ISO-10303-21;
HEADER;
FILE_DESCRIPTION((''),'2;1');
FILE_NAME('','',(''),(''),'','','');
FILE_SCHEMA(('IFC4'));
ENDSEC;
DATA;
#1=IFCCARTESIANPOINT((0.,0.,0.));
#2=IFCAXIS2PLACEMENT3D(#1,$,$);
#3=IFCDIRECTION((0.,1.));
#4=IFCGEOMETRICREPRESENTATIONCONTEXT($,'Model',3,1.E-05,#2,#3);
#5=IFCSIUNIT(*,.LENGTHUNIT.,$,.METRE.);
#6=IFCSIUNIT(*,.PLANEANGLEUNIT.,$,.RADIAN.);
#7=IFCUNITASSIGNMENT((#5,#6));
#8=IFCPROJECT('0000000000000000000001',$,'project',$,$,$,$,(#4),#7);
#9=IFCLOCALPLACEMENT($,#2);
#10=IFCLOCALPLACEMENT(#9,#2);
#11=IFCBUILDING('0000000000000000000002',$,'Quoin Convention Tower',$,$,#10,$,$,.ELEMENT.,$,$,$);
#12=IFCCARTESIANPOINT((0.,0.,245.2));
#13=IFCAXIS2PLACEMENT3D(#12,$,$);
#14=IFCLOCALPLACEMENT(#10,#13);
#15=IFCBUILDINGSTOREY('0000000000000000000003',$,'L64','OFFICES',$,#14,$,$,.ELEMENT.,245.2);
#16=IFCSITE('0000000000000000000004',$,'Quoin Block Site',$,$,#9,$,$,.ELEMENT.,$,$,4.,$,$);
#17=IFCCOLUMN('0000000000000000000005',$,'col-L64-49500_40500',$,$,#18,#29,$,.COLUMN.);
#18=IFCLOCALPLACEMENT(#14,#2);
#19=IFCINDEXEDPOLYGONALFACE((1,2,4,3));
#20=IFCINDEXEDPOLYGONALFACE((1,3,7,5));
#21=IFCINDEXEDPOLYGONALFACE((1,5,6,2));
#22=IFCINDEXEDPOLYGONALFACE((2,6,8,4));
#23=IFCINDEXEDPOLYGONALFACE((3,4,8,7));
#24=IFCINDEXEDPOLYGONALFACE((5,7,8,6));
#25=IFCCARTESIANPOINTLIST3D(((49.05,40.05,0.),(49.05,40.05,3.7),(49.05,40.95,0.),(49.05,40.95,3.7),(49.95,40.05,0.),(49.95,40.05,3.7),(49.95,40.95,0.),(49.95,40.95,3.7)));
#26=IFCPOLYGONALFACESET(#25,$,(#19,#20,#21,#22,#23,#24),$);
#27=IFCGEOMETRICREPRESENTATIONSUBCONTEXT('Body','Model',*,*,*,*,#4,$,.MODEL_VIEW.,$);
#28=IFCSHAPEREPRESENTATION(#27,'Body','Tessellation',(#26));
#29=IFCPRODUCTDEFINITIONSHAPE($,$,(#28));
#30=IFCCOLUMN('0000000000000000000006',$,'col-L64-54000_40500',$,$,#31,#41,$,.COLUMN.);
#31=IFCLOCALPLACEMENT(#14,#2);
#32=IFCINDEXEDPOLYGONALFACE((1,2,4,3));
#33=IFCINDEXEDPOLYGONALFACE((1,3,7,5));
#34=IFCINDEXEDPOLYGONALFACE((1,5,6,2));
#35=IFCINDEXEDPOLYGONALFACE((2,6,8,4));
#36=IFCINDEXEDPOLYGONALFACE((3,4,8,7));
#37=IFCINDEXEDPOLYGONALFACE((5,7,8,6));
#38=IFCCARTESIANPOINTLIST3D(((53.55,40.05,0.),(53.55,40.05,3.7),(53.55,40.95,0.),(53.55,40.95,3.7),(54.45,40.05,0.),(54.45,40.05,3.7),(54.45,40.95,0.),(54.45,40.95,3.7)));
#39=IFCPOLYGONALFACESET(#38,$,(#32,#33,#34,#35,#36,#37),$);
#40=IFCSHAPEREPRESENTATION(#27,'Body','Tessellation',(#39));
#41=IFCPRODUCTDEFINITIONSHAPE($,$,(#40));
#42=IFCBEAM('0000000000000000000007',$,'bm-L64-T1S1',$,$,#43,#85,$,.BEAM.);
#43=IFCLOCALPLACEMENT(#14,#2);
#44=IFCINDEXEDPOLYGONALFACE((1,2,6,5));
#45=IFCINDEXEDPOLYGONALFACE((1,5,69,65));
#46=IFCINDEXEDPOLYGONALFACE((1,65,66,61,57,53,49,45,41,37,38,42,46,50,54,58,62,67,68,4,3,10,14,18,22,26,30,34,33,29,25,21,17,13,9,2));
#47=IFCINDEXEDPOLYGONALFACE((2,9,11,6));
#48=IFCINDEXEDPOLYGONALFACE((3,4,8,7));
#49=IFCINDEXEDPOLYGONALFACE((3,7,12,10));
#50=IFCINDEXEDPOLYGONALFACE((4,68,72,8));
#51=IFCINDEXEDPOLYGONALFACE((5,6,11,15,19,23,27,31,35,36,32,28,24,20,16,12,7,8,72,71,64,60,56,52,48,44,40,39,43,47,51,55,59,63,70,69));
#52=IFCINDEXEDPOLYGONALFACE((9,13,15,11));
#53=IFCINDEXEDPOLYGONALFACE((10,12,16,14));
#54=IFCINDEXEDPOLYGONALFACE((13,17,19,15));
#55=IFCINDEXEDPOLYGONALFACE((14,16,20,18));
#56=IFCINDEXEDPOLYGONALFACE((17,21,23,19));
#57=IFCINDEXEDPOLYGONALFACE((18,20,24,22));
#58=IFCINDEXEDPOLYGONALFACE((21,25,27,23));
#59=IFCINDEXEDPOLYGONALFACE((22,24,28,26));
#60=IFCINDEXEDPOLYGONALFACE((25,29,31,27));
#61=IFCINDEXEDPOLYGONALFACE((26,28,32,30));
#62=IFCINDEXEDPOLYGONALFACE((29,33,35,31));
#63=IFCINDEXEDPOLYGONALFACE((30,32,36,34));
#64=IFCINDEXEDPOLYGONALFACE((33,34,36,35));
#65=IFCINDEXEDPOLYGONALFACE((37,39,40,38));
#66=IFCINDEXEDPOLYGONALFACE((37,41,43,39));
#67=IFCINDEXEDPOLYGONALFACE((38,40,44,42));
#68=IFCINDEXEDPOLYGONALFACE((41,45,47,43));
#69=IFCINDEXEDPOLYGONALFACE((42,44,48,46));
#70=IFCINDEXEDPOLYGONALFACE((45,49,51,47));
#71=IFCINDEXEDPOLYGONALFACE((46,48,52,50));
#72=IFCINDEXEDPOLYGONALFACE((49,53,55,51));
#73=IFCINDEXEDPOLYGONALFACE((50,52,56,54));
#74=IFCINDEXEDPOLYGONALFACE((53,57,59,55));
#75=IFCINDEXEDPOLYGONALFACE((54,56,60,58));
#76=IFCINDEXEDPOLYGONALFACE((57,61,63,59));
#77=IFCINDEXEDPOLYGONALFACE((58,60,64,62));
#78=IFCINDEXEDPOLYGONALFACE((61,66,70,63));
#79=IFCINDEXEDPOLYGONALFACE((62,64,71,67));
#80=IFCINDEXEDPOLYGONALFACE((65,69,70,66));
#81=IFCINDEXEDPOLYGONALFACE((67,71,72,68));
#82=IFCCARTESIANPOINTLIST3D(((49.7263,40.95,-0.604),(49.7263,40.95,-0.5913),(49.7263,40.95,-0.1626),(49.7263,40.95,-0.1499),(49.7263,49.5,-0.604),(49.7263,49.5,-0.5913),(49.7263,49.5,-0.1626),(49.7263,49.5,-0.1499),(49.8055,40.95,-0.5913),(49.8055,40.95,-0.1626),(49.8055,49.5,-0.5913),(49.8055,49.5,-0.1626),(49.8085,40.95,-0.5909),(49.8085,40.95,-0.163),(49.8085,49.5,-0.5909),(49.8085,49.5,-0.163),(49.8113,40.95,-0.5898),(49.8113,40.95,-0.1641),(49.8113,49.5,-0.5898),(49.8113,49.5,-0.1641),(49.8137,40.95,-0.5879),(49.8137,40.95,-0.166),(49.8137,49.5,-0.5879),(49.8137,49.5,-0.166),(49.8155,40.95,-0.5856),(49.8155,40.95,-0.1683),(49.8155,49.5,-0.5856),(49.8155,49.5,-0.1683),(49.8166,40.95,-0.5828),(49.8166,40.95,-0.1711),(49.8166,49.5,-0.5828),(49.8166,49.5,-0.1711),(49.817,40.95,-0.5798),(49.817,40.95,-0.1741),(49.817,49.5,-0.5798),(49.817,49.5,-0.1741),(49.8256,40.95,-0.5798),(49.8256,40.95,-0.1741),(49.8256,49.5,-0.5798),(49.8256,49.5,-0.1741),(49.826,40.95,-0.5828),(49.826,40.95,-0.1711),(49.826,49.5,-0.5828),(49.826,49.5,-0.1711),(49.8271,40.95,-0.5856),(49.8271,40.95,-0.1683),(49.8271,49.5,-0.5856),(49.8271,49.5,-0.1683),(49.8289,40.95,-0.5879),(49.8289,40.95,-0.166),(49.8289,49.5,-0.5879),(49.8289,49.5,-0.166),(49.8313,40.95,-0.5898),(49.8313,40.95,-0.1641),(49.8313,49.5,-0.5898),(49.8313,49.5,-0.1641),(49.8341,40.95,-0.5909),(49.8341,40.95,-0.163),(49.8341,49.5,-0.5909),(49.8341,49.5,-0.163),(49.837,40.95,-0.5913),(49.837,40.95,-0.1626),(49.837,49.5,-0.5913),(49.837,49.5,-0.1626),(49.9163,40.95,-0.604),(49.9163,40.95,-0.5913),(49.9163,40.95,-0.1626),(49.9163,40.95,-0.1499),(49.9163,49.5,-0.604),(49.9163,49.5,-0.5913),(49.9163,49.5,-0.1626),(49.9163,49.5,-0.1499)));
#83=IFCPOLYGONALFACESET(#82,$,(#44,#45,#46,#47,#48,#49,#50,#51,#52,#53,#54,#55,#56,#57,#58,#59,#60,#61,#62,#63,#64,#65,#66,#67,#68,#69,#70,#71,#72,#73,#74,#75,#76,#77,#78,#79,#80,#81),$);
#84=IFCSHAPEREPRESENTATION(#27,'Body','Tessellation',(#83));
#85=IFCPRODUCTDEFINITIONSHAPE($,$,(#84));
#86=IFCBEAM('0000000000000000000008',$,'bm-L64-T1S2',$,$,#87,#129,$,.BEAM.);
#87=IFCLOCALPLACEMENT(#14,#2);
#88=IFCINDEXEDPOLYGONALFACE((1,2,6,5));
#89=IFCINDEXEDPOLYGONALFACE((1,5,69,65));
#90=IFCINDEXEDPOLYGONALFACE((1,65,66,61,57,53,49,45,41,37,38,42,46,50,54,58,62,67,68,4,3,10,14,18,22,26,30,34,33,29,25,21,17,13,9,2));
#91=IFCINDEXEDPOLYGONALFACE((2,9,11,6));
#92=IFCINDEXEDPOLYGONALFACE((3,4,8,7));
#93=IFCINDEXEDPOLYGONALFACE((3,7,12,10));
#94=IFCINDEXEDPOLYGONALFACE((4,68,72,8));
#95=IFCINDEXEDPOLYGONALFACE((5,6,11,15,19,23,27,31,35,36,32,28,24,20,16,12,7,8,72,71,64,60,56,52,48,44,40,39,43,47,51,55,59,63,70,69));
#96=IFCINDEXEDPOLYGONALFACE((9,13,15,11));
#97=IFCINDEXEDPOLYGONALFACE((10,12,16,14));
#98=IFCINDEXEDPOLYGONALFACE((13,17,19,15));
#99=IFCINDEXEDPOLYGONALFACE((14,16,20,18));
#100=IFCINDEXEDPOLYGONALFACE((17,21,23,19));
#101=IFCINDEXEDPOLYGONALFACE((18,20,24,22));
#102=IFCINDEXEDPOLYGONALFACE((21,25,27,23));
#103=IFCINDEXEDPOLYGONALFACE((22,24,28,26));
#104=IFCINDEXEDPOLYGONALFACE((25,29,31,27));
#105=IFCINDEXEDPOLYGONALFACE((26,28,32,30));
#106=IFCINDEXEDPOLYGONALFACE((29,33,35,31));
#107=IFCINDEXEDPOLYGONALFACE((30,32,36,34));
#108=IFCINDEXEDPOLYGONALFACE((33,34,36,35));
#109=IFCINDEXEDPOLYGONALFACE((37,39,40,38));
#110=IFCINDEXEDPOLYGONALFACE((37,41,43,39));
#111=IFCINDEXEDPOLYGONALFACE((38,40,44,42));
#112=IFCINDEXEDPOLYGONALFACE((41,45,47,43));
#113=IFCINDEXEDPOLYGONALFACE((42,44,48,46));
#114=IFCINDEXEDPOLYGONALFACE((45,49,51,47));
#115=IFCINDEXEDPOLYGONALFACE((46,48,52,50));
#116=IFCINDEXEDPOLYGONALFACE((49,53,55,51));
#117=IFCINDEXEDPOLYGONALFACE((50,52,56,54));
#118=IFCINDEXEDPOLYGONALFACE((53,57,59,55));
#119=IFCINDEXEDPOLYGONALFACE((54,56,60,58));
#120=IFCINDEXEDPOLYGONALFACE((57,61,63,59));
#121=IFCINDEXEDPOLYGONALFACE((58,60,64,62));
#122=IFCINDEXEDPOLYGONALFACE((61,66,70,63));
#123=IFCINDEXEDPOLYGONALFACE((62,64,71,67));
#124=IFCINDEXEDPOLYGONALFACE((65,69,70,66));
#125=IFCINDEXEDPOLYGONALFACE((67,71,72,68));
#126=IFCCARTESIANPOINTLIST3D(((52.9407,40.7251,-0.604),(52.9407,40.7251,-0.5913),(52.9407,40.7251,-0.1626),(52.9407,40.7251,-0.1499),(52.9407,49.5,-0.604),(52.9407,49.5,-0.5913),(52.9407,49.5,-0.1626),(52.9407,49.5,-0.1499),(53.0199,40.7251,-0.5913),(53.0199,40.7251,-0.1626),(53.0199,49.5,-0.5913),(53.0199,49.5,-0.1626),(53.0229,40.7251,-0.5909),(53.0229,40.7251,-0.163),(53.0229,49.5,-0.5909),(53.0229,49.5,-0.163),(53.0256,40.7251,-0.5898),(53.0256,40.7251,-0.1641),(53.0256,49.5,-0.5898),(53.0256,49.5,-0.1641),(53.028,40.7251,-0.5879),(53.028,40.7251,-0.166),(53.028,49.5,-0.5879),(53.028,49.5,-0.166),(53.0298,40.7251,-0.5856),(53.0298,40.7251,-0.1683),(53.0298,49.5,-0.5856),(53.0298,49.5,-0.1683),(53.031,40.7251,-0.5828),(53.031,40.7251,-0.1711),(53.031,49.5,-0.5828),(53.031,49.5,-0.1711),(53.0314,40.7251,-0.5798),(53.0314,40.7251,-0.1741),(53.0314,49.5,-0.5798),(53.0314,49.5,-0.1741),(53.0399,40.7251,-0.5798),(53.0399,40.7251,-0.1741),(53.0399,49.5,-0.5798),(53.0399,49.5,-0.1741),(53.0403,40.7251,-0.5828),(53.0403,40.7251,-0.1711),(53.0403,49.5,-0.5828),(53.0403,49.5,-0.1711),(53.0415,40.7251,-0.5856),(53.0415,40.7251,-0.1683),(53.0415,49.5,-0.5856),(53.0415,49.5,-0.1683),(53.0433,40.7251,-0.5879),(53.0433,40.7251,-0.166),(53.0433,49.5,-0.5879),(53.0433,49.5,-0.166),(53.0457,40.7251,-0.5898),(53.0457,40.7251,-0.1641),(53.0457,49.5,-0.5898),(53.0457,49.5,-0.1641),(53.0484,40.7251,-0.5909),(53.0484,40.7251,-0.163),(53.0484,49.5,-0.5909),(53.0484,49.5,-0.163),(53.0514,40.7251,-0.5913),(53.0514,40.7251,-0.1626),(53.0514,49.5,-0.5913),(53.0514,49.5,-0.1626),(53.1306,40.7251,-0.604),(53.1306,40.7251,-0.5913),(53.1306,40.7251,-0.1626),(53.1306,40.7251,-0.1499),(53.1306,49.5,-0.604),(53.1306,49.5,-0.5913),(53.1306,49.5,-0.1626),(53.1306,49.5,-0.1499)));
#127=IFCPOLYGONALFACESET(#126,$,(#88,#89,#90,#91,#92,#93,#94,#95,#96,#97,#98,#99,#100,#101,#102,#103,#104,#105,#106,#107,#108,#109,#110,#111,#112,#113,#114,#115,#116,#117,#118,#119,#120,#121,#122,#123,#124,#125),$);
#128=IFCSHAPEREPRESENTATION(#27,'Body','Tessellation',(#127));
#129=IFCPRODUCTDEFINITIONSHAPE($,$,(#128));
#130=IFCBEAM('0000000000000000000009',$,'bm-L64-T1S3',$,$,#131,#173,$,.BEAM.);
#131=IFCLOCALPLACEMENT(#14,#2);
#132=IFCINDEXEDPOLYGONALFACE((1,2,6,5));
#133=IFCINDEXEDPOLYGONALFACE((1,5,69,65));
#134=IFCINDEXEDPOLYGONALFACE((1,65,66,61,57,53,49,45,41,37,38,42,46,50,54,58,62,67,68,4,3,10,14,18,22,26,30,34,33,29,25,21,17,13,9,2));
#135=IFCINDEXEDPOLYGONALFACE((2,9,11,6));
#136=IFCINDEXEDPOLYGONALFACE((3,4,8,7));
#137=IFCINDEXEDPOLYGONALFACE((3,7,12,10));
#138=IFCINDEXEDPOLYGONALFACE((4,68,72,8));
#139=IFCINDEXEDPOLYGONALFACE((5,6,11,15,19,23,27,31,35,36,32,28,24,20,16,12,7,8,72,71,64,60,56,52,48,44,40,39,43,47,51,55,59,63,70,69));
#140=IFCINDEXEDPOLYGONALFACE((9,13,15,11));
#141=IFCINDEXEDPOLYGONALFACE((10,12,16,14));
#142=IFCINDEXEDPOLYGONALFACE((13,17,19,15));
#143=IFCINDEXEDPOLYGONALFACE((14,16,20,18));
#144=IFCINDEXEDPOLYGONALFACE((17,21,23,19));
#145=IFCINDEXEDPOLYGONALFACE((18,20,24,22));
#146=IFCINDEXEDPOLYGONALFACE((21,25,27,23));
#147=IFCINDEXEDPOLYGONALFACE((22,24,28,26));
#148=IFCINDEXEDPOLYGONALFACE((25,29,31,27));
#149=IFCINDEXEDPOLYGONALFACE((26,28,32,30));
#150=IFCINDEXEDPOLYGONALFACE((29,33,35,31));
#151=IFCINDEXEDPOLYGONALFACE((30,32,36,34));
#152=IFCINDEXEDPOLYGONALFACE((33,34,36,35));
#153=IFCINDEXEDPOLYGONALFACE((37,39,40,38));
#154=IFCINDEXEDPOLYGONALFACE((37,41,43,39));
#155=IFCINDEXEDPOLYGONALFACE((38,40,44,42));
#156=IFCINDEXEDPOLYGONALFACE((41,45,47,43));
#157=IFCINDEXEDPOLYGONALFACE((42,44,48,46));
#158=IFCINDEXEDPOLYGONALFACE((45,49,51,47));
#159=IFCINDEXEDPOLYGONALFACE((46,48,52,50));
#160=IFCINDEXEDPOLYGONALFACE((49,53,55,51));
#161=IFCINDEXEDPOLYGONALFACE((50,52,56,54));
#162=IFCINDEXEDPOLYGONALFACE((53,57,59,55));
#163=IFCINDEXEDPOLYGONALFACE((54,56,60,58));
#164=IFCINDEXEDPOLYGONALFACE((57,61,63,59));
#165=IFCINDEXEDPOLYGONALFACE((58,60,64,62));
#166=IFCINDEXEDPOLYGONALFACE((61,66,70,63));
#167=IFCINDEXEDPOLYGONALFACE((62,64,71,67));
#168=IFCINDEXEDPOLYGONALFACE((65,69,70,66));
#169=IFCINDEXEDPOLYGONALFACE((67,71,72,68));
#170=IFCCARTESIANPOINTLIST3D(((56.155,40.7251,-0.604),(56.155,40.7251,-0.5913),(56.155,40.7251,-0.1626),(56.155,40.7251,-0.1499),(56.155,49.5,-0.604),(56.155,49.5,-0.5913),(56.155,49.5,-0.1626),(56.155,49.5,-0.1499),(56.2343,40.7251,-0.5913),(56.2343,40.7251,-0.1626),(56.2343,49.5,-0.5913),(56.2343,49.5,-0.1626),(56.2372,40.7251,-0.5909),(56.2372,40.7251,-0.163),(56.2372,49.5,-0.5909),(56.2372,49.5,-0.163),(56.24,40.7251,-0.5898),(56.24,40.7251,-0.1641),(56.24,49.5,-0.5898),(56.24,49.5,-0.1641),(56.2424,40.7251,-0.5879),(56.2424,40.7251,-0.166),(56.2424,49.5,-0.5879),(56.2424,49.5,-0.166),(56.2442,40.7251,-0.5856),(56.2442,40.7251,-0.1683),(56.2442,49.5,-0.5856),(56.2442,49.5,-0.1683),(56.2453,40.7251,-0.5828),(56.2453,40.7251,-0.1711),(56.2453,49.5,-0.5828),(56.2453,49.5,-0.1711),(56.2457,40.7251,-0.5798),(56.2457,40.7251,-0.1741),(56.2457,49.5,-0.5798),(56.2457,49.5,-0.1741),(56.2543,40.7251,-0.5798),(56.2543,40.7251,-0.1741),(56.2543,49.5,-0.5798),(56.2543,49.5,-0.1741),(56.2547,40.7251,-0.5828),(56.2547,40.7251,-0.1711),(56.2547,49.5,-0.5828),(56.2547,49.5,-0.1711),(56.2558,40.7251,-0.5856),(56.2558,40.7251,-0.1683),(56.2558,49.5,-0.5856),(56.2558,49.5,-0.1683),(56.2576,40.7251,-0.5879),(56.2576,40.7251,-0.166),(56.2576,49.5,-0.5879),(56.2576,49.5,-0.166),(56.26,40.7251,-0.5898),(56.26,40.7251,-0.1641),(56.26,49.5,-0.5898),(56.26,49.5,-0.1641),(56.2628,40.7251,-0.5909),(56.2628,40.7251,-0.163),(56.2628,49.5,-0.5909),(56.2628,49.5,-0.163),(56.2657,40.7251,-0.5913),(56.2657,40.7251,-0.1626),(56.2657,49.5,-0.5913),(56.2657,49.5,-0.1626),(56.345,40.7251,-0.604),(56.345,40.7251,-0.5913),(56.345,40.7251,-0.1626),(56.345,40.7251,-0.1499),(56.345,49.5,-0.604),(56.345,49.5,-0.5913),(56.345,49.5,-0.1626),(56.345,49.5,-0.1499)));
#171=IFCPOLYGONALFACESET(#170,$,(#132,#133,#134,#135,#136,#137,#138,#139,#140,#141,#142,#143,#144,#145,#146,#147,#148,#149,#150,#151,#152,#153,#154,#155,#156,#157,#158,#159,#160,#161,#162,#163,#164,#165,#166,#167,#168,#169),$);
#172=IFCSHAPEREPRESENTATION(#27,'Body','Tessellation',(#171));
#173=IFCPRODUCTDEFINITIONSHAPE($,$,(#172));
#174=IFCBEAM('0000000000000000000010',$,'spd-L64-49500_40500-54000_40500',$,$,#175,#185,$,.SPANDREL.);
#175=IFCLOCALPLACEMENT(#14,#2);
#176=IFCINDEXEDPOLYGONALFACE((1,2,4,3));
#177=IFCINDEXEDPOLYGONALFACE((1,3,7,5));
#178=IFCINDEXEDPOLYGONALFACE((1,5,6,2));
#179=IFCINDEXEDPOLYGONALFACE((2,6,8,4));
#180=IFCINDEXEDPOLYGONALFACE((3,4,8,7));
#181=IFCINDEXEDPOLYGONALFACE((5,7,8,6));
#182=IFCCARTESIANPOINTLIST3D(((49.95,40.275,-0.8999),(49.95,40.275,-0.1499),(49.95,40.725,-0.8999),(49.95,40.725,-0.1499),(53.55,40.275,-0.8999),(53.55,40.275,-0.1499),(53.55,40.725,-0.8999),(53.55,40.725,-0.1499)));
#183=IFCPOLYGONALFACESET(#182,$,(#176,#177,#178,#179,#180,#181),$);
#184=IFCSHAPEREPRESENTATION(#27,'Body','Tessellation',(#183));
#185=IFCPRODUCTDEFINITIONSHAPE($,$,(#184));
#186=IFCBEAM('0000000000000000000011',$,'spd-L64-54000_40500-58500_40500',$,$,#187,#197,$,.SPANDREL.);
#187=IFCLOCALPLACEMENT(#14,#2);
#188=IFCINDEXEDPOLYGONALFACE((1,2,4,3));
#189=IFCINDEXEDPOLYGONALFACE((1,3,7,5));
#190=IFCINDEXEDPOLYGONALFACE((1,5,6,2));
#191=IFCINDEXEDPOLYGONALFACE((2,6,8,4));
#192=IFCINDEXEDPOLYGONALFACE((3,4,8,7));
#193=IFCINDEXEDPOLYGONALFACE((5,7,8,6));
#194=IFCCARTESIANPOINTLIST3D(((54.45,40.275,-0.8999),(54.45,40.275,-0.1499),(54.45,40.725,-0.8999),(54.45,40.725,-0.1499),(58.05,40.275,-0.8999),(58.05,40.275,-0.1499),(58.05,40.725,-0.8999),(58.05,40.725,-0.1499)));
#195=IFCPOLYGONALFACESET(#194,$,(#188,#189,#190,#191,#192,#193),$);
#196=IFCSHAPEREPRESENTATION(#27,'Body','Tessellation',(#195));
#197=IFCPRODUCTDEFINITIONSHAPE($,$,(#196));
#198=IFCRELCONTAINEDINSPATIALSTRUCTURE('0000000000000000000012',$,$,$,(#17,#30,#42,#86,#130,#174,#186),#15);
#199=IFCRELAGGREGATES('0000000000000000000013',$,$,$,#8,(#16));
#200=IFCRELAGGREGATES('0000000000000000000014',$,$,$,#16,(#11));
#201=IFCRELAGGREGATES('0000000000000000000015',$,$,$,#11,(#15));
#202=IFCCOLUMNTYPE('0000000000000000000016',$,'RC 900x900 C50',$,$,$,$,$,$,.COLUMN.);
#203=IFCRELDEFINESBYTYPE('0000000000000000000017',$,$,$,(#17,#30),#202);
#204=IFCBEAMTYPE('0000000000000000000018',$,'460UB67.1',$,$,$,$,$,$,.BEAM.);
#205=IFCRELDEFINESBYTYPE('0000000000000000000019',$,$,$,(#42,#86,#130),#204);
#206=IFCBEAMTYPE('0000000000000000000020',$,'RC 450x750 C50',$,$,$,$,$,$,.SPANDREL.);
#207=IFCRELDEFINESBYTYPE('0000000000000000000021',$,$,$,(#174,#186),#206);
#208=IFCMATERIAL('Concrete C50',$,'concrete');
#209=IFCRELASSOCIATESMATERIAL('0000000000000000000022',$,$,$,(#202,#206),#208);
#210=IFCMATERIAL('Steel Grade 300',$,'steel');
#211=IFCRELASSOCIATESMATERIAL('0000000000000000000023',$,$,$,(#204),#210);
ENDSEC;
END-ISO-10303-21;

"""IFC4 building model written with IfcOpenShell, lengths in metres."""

from ifc_helpers import new_model, si_unit, direction, frame, origin, origin_2d, place, context, subcontext, project, spatial, rectangle, i_section, extrude, material, material_profile, profile_set, type_object, element, save


model = new_model("IFC4")

# Units and contexts
model_context = context("Model", 3, precision=1e-05, world=origin(), true_north=direction((0.0, 1.0)))
body_context = subcontext(model_context, "Body", "Model", "MODEL_VIEW")
ifc_project = project(units=[si_unit("LENGTHUNIT", "METRE"), si_unit("PLANEANGLEUNIT", "RADIAN")], contexts=[model_context])

# Site, building, storey
site_placement = place(None, origin())
site = spatial("IfcSite", under=ifc_project, at=site_placement, Name="Quoin Block Site", CompositionType="ELEMENT", RefElevation=4.0)
building_placement = place(site_placement, origin())
building = spatial("IfcBuilding", under=site, at=building_placement, Name="Quoin Convention Tower", CompositionType="ELEMENT")
storey_placement = place(building_placement, frame((0.0, 0.0, 245.2)))
storey = spatial("IfcBuildingStorey", under=building, at=storey_placement, Name="L64", Description="OFFICES", CompositionType="ELEMENT", Elevation=245.2)

# Columns
ifc_material_1 = material(Name="Concrete C50", Category="concrete")
ifc_material_profile_1 = material_profile(ifc_material_1, rectangle(XDim=0.8999, YDim=0.8999, at=origin_2d()), Name="RC 900x900")
ifc_profile_set_1 = profile_set([ifc_material_profile_1], Name="Concrete C50")
column_type = type_object("IfcColumnType", Name="RC 900x900 C50", PredefinedType="COLUMN", material=ifc_profile_set_1)
for number, where, z_axis, x_axis, name in (
    (1, (49.5, 40.5, 0.0), (0.0, 0.0, 1.0), (1.0, 0.0, 0.0), "col-L64-49500_40500"),
    (2, (54.0, 40.5, 0.0), (0.0, 0.0, 1.0), (1.0, 0.0, 0.0), "col-L64-54000_40500"),
):
    element("IfcColumn", number, at=place(storey_placement, frame(where, z_axis=z_axis, x_axis=x_axis)), inside=storey, type_object=column_type, Name=name, PredefinedType="COLUMN", context=body_context, shape_type="SweptSolid", body=[
        extrude(rectangle(XDim=0.8999, YDim=0.8999, at=origin_2d()), origin(), (0.0, 0.0, 1.0), 3.7),
    ])

# Beams
ifc_material_2 = material(Name="Steel Grade 300", Category="steel")
ifc_material_profile_2 = material_profile(ifc_material_2, i_section(OverallWidth=0.1899, OverallDepth=0.4541, WebThickness=0.0085, FlangeThickness=0.0127, FilletRadius=0.0115, at=origin_2d()), Name="460UB67.1")
ifc_profile_set_2 = profile_set([ifc_material_profile_2], Name="Steel Grade 300")
beam_type_1 = type_object("IfcBeamType", Name="460UB67.1", PredefinedType="BEAM", material=ifc_profile_set_2)
beam_placement = place(storey_placement, frame((49.8213, 40.95, -0.377), z_axis=(0.0, 1.0, 0.0), x_axis=(-1.0, 0.0, 0.0)))
element("IfcBeam", 3, at=beam_placement, inside=storey, type_object=beam_type_1, Name="bm-L64-T1S1", PredefinedType="BEAM", context=body_context, shape_type="SweptSolid", body=[
    extrude(i_section(OverallWidth=0.1899, OverallDepth=0.4541, WebThickness=0.0085, FlangeThickness=0.0127, FilletRadius=0.0115, at=origin_2d()), origin(), (0.0, 0.0, 1.0), 8.55),
])
for number, where, z_axis, x_axis, name in (
    (4, (53.0356, 40.7251, -0.377), (0.0, 1.0, 0.0), (-1.0, 0.0, 0.0), "bm-L64-T1S2"),
    (5, (56.25, 40.7251, -0.377), (0.0, 1.0, 0.0), (-1.0, 0.0, 0.0), "bm-L64-T1S3"),
):
    element("IfcBeam", number, at=place(storey_placement, frame(where, z_axis=z_axis, x_axis=x_axis)), inside=storey, type_object=beam_type_1, Name=name, PredefinedType="BEAM", context=body_context, shape_type="SweptSolid", body=[
        extrude(i_section(OverallWidth=0.1899, OverallDepth=0.4541, WebThickness=0.0085, FlangeThickness=0.0127, FilletRadius=0.0115, at=origin_2d()), origin(), (0.0, 0.0, 1.0), 8.7749),
    ])
ifc_material_profile_3 = material_profile(ifc_material_1, rectangle(XDim=0.45, YDim=0.75, at=origin_2d()), Name="RC 450x750")
ifc_profile_set_3 = profile_set([ifc_material_profile_3], Name="Concrete C50")
beam_type_2 = type_object("IfcBeamType", Name="RC 450x750 C50", PredefinedType="SPANDREL", material=ifc_profile_set_3)
for number, where, z_axis, x_axis, name in (
    (6, (49.95, 40.5, -0.5249), (1.0, 0.0, 0.0), (0.0, 1.0, 0.0), "spd-L64-49500_40500-54000_40500"),
    (7, (54.45, 40.5, -0.5249), (1.0, 0.0, 0.0), (0.0, 1.0, 0.0), "spd-L64-54000_40500-58500_40500"),
):
    element("IfcBeam", number, at=place(storey_placement, frame(where, z_axis=z_axis, x_axis=x_axis)), inside=storey, type_object=beam_type_2, Name=name, PredefinedType="SPANDREL", context=body_context, shape_type="SweptSolid", body=[
        extrude(rectangle(XDim=0.45, YDim=0.75, at=origin_2d()), origin(), (0.0, 0.0, 1.0), 3.6001),
    ])

save(model, "model.ifc")
